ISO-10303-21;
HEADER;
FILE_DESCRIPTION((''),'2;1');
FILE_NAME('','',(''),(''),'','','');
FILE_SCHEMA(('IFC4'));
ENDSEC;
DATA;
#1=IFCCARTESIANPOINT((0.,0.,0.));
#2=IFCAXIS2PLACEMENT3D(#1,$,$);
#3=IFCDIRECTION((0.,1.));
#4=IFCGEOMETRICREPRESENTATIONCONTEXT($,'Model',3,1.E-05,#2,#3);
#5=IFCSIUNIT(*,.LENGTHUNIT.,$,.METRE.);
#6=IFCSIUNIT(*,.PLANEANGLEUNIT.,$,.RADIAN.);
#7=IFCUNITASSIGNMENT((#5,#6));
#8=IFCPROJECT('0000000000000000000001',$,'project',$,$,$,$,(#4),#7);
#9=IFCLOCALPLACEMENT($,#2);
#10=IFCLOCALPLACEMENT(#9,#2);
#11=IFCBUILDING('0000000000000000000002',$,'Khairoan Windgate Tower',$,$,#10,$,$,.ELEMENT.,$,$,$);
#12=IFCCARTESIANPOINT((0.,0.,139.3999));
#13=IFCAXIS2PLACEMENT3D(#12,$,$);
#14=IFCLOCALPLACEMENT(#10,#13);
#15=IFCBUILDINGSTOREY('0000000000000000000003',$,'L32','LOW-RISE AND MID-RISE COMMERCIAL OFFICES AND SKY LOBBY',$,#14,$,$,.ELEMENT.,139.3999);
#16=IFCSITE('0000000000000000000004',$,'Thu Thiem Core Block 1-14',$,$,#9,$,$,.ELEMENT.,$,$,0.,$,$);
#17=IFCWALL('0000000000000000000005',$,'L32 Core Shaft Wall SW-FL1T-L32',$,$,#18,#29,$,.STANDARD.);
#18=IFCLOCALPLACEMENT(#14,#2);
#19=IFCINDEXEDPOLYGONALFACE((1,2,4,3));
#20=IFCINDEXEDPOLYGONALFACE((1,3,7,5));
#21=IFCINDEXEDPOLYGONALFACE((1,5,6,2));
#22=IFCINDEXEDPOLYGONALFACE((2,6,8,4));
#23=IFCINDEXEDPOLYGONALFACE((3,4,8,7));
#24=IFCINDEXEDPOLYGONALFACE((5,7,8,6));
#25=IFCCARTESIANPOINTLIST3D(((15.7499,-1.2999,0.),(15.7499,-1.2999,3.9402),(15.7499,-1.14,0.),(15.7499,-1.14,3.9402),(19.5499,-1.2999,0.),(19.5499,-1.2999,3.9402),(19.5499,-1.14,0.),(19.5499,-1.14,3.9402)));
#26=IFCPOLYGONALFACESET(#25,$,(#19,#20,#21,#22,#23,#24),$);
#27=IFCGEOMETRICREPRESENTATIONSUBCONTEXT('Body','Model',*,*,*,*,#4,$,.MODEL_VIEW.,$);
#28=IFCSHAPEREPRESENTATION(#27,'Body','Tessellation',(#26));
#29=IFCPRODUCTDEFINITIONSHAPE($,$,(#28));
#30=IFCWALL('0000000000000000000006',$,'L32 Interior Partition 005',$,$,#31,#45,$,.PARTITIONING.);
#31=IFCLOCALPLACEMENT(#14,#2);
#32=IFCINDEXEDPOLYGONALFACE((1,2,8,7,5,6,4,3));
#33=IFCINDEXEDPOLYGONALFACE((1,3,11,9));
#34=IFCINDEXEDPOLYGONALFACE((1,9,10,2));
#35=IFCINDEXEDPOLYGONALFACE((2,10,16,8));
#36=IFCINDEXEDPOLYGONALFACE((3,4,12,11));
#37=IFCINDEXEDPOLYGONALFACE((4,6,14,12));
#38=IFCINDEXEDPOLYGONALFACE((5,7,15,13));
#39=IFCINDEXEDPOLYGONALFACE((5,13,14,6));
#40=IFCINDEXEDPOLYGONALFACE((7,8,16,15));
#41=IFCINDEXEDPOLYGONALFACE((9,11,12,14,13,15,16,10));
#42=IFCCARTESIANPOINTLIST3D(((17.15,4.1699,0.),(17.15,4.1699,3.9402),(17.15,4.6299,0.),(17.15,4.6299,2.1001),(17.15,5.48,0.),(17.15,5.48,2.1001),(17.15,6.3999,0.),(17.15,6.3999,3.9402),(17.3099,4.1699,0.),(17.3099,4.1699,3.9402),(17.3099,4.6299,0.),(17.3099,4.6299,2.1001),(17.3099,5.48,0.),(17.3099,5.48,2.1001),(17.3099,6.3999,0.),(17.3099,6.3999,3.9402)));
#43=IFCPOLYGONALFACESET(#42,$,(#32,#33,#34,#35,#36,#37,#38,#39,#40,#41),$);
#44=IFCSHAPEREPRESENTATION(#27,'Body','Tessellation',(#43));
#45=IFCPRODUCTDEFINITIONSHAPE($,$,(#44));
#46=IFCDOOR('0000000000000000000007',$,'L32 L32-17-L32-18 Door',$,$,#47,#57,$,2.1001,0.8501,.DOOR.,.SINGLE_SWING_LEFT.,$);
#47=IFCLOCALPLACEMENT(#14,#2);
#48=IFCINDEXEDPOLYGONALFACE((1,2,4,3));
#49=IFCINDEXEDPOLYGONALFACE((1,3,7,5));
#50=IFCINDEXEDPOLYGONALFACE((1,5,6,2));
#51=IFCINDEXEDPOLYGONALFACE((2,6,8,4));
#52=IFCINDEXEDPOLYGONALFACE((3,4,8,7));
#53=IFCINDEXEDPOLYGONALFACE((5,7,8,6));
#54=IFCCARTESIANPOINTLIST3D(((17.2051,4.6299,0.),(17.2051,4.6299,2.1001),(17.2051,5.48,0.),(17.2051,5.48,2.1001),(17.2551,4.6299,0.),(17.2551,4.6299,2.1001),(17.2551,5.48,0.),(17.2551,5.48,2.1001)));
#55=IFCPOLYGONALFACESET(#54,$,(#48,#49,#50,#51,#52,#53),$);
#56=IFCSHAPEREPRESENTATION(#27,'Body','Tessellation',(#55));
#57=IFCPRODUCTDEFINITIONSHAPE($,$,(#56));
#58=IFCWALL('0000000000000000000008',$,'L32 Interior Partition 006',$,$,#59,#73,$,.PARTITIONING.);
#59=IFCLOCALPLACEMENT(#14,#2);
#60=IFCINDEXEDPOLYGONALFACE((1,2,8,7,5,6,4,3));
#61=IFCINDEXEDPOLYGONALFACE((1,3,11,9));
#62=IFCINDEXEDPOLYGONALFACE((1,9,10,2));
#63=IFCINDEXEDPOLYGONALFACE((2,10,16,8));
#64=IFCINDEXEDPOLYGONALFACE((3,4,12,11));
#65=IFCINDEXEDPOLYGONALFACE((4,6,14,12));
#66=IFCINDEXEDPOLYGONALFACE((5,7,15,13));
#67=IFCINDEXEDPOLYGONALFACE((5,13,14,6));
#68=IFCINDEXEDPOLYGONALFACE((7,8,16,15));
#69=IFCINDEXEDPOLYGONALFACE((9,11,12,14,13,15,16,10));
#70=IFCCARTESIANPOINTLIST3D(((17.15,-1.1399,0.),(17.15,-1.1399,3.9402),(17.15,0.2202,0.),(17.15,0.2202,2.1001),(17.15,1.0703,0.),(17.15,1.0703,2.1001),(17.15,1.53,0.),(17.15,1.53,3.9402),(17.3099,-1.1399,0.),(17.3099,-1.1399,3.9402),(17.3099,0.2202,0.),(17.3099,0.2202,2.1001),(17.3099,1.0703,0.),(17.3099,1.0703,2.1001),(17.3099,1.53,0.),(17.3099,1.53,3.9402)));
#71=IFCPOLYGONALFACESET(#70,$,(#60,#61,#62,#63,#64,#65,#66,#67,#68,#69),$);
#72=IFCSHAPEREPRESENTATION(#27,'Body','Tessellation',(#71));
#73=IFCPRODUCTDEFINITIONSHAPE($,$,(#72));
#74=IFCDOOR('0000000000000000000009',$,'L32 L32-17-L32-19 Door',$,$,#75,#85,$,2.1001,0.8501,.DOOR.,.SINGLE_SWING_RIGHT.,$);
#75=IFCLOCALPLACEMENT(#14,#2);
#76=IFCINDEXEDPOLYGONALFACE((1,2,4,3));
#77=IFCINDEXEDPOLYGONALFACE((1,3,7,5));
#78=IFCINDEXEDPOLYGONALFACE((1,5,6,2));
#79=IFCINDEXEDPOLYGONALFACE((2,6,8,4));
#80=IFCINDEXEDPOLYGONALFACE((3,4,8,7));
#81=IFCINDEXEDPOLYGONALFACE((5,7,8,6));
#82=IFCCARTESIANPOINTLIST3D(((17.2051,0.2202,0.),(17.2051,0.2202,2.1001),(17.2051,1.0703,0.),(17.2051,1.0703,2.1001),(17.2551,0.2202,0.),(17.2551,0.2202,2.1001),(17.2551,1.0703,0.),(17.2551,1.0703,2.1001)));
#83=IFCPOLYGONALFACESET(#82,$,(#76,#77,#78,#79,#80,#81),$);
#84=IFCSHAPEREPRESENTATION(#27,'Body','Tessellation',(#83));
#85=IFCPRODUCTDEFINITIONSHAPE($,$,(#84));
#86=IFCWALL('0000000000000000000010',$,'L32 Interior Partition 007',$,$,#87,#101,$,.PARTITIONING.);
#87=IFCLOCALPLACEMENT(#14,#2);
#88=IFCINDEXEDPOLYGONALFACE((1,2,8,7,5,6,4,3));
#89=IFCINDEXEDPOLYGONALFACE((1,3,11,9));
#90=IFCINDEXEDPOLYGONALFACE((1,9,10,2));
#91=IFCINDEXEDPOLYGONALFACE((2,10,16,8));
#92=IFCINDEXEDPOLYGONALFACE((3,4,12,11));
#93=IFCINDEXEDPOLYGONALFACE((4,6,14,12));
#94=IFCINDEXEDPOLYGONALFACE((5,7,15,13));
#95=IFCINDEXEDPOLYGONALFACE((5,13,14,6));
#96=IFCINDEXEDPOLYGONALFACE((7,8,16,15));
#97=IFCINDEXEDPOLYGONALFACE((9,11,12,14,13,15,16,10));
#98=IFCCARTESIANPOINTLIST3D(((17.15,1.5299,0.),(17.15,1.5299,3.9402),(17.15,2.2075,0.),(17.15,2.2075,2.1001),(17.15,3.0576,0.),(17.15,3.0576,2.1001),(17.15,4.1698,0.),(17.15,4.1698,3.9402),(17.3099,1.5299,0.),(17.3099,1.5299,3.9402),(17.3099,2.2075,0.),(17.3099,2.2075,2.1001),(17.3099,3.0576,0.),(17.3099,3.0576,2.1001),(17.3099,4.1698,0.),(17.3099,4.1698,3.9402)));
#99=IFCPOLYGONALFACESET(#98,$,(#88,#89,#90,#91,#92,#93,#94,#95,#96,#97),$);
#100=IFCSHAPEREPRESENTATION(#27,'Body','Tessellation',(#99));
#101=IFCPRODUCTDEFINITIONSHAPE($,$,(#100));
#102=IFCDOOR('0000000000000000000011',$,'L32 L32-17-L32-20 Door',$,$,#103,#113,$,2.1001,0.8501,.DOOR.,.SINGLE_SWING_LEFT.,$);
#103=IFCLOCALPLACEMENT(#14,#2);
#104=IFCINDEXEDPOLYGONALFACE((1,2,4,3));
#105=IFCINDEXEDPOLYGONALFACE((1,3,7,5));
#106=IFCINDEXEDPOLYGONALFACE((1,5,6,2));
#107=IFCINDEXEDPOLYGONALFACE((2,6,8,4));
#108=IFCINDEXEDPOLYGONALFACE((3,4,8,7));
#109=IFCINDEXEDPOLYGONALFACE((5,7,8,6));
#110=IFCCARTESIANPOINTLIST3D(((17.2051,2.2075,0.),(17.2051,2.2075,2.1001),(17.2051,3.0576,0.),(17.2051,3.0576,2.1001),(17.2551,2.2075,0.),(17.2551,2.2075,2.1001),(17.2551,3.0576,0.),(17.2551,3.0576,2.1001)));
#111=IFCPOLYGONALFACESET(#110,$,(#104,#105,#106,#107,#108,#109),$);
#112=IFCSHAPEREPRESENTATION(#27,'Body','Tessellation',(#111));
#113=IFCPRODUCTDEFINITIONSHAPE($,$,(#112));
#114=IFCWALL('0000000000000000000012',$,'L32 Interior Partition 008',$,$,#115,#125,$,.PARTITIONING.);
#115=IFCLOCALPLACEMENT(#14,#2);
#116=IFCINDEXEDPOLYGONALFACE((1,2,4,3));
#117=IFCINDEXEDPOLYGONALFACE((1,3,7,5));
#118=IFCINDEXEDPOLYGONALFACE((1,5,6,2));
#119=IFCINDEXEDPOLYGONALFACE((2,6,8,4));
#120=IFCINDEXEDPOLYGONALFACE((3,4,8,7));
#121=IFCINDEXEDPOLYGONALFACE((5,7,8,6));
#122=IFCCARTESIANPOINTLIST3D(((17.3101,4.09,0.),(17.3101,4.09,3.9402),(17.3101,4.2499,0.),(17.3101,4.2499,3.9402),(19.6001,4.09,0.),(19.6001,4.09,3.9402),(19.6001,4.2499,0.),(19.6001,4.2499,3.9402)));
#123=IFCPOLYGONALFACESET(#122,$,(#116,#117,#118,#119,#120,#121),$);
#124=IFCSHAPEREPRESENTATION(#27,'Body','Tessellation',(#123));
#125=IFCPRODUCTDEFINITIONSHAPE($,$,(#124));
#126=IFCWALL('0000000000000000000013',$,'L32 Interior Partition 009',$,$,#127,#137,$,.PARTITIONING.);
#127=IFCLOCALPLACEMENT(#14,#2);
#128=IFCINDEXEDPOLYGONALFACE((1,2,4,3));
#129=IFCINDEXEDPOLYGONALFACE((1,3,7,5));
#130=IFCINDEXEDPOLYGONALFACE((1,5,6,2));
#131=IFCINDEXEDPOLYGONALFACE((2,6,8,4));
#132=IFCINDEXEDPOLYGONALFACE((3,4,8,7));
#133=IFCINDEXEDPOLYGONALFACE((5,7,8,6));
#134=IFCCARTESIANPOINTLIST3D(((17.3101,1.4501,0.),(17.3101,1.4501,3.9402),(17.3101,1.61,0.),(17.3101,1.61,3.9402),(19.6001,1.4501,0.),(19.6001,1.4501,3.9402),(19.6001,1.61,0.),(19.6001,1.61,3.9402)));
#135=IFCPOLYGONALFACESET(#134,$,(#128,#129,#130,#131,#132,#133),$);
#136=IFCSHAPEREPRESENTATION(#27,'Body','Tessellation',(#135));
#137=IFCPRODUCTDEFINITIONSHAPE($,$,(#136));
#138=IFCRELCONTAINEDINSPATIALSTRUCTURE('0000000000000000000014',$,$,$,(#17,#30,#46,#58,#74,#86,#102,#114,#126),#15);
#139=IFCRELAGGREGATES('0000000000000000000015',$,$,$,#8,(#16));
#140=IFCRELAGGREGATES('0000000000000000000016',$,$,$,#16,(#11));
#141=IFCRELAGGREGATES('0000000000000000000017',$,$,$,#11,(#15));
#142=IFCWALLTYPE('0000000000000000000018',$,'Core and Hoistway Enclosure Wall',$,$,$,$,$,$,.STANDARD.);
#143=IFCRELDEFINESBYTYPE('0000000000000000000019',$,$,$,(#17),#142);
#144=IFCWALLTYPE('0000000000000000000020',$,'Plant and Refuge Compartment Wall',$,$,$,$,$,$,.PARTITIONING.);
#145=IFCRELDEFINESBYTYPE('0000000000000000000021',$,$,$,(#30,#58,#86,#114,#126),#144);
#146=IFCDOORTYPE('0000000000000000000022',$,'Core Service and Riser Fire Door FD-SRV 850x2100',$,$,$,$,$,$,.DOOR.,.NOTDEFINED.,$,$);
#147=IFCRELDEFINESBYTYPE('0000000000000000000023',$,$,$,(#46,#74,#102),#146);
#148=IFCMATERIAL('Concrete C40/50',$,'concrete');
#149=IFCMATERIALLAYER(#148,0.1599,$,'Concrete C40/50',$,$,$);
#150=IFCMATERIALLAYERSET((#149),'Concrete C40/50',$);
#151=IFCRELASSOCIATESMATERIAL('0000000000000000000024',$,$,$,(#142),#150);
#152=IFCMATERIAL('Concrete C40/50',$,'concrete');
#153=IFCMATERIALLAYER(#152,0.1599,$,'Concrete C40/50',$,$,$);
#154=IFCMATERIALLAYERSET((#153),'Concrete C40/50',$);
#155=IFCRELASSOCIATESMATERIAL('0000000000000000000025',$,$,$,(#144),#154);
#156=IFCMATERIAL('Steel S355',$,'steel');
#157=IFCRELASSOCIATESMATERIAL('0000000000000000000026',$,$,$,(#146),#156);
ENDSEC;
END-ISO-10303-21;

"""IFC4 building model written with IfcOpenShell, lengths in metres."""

from ifc_helpers import new_model, si_unit, direction, frame, frame_2d, origin, place, context, subcontext, project, spatial, rectangle, extrude, material, layer, layer_set, type_object, element, fill, save


model = new_model("IFC4")

# Units and contexts
model_context = context("Model", 3, precision=1e-05, world=origin(), true_north=direction((0.0, 1.0)))
body_context = subcontext(model_context, "Body", "Model", "MODEL_VIEW")
ifc_project = project(units=[si_unit("LENGTHUNIT", "METRE"), si_unit("PLANEANGLEUNIT", "RADIAN")], contexts=[model_context])

# Site, building, storey
site_placement = place(None, origin())
site = spatial("IfcSite", under=ifc_project, at=site_placement, Name="Thu Thiem Core Block 1-14", CompositionType="ELEMENT", RefElevation=0.0)
building_placement = place(site_placement, origin())
building = spatial("IfcBuilding", under=site, at=building_placement, Name="Khairoan Windgate Tower", CompositionType="ELEMENT")
storey_placement = place(building_placement, frame((0.0, 0.0, 139.3999)))
storey = spatial("IfcBuildingStorey", under=building, at=storey_placement, Name="L32", Description="LOW-RISE AND MID-RISE COMMERCIAL OFFICES AND SKY LOBBY", CompositionType="ELEMENT", Elevation=139.3999)

# Wall
ifc_material_1 = material(Name="Concrete C40/50", Category="concrete")
ifc_layer_1 = layer(ifc_material_1, 0.1599, Name="Concrete C40/50")
ifc_layer_set_1 = layer_set([ifc_layer_1], Name="Concrete C40/50")
wall_type_1 = type_object("IfcWallType", Name="Core and Hoistway Enclosure Wall", PredefinedType="STANDARD", material=ifc_layer_set_1)
wall_1_placement = place(storey_placement, frame((15.75, -1.22, 0.0), z_axis=(0.0, 0.0, 1.0), x_axis=(1.0, 0.0, 0.0)))
element("IfcWall", 1, at=wall_1_placement, inside=storey, type_object=wall_type_1, Name="L32 Core Shaft Wall SW-FL1T-L32", PredefinedType="STANDARD", context=body_context, shape_type="SweptSolid", body=[
    extrude(rectangle(XDim=3.8, YDim=0.1599, at=frame_2d((1.8999, 0.0))), origin(), (0.0, 0.0, 1.0), 3.9402),
])

# Walls, openings, doors
ifc_material_2 = material(Name="Concrete C40/50", Category="concrete")
ifc_layer_2 = layer(ifc_material_2, 0.1599, Name="Concrete C40/50")
ifc_layer_set_2 = layer_set([ifc_layer_2], Name="Concrete C40/50")
wall_type_2 = type_object("IfcWallType", Name="Plant and Refuge Compartment Wall", PredefinedType="PARTITIONING", material=ifc_layer_set_2)
wall_2_placement = place(storey_placement, frame((17.23, 4.1699, 0.0), z_axis=(0.0, 0.0, 1.0), x_axis=(0.0, 1.0, 0.0)))
wall_2 = element("IfcWall", 2, at=wall_2_placement, inside=storey, type_object=wall_type_2, Name="L32 Interior Partition 005", PredefinedType="PARTITIONING", context=body_context, shape_type="SweptSolid", body=[
    extrude(rectangle(XDim=2.23, YDim=0.1599, at=frame_2d((1.115, 0.0))), origin(), (0.0, 0.0, 1.0), 3.9402),
])
opening_1_placement = place(wall_2_placement, frame((0.46, 0.0, 0.0)))
opening_1 = element("IfcOpeningElement", 3, at=opening_1_placement, cuts=wall_2, PredefinedType="OPENING", context=body_context, shape_type="SweptSolid", body=[
    extrude(rectangle(XDim=0.8501, YDim=2.1001, at=frame_2d((0.425, 1.05))), frame((0.0, 0.0898, 0.0), z_axis=(0.0, -1.0, 0.0), x_axis=(1.0, 0.0, 0.0)), (0.0, 0.0, 1.0), 0.1799),
])
ifc_material_3 = material(Name="Steel S355", Category="steel")
door_type = type_object("IfcDoorType", Name="Core Service and Riser Fire Door FD-SRV 850x2100", OperationType="NOTDEFINED", PredefinedType="DOOR", material=ifc_material_3)
door_1_placement = place(opening_1_placement, origin())
door_1 = element("IfcDoor", 4, at=door_1_placement, inside=storey, type_object=door_type, Name="L32 L32-17-L32-18 Door", OperationType="SINGLE_SWING_LEFT", OverallHeight=2.1001, OverallWidth=0.8501, PredefinedType="DOOR", context=body_context, shape_type="SweptSolid", body=[
    extrude(rectangle(XDim=0.8501, YDim=2.1001, at=frame_2d((0.425, 1.05))), frame((0.0, 0.0249, 0.0), z_axis=(0.0, -1.0, 0.0), x_axis=(1.0, 0.0, 0.0)), (0.0, 0.0, 1.0), 0.05),
])
fill(opening_1, door_1)
wall_3_placement = place(storey_placement, frame((17.23, -1.1399, 0.0), z_axis=(0.0, 0.0, 1.0), x_axis=(0.0, 1.0, 0.0)))
wall_3 = element("IfcWall", 5, at=wall_3_placement, inside=storey, type_object=wall_type_2, Name="L32 Interior Partition 006", PredefinedType="PARTITIONING", context=body_context, shape_type="SweptSolid", body=[
    extrude(rectangle(XDim=2.6699, YDim=0.1599, at=frame_2d((1.335, 0.0))), origin(), (0.0, 0.0, 1.0), 3.9402),
])
opening_2_placement = place(wall_3_placement, frame((1.3601, 0.0, 0.0)))
opening_2 = element("IfcOpeningElement", 6, at=opening_2_placement, cuts=wall_3, PredefinedType="OPENING", context=body_context, shape_type="SweptSolid", body=[
    extrude(rectangle(XDim=0.8501, YDim=2.1001, at=frame_2d((0.425, 1.05))), frame((0.0, 0.0898, 0.0), z_axis=(0.0, -1.0, 0.0), x_axis=(1.0, 0.0, 0.0)), (0.0, 0.0, 1.0), 0.1799),
])
door_2_placement = place(opening_2_placement, origin())
door_2 = element("IfcDoor", 7, at=door_2_placement, inside=storey, type_object=door_type, Name="L32 L32-17-L32-19 Door", OperationType="SINGLE_SWING_RIGHT", OverallHeight=2.1001, OverallWidth=0.8501, PredefinedType="DOOR", context=body_context, shape_type="SweptSolid", body=[
    extrude(rectangle(XDim=0.8501, YDim=2.1001, at=frame_2d((0.425, 1.05))), frame((0.0, 0.0249, 0.0), z_axis=(0.0, -1.0, 0.0), x_axis=(1.0, 0.0, 0.0)), (0.0, 0.0, 1.0), 0.05),
])
fill(opening_2, door_2)
wall_4_placement = place(storey_placement, frame((17.23, 1.53, 0.0), z_axis=(0.0, 0.0, 1.0), x_axis=(0.0, 1.0, 0.0)))
wall_4 = element("IfcWall", 8, at=wall_4_placement, inside=storey, type_object=wall_type_2, Name="L32 Interior Partition 007", PredefinedType="PARTITIONING", context=body_context, shape_type="SweptSolid", body=[
    extrude(rectangle(XDim=2.6399, YDim=0.1599, at=frame_2d((1.3198, 0.0))), origin(), (0.0, 0.0, 1.0), 3.9402),
])
opening_3_placement = place(wall_4_placement, frame((0.6775, 0.0, 0.0)))
opening_3 = element("IfcOpeningElement", 9, at=opening_3_placement, cuts=wall_4, PredefinedType="OPENING", context=body_context, shape_type="SweptSolid", body=[
    extrude(rectangle(XDim=0.8501, YDim=2.1001, at=frame_2d((0.425, 1.05))), frame((0.0, 0.0898, 0.0), z_axis=(0.0, -1.0, 0.0), x_axis=(1.0, 0.0, 0.0)), (0.0, 0.0, 1.0), 0.1799),
])
door_3_placement = place(opening_3_placement, origin())
door_3 = element("IfcDoor", 10, at=door_3_placement, inside=storey, type_object=door_type, Name="L32 L32-17-L32-20 Door", OperationType="SINGLE_SWING_LEFT", OverallHeight=2.1001, OverallWidth=0.8501, PredefinedType="DOOR", context=body_context, shape_type="SweptSolid", body=[
    extrude(rectangle(XDim=0.8501, YDim=2.1001, at=frame_2d((0.425, 1.05))), frame((0.0, 0.0249, 0.0), z_axis=(0.0, -1.0, 0.0), x_axis=(1.0, 0.0, 0.0)), (0.0, 0.0, 1.0), 0.05),
])
fill(opening_3, door_3)

# Walls
for number, where, z_axis, x_axis, name in (
    (11, (17.3101, 4.1699, 0.0), (0.0, 0.0, 1.0), (1.0, 0.0, 0.0), "L32 Interior Partition 008"),
    (12, (17.3101, 1.53, 0.0), (0.0, 0.0, 1.0), (1.0, 0.0, 0.0), "L32 Interior Partition 009"),
):
    element("IfcWall", number, at=place(storey_placement, frame(where, z_axis=z_axis, x_axis=x_axis)), inside=storey, type_object=wall_type_2, Name=name, PredefinedType="PARTITIONING", context=body_context, shape_type="SweptSolid", body=[
        extrude(rectangle(XDim=2.29, YDim=0.1599, at=frame_2d((1.145, 0.0))), origin(), (0.0, 0.0, 1.0), 3.9402),
    ])

save(model, "model.ifc")
